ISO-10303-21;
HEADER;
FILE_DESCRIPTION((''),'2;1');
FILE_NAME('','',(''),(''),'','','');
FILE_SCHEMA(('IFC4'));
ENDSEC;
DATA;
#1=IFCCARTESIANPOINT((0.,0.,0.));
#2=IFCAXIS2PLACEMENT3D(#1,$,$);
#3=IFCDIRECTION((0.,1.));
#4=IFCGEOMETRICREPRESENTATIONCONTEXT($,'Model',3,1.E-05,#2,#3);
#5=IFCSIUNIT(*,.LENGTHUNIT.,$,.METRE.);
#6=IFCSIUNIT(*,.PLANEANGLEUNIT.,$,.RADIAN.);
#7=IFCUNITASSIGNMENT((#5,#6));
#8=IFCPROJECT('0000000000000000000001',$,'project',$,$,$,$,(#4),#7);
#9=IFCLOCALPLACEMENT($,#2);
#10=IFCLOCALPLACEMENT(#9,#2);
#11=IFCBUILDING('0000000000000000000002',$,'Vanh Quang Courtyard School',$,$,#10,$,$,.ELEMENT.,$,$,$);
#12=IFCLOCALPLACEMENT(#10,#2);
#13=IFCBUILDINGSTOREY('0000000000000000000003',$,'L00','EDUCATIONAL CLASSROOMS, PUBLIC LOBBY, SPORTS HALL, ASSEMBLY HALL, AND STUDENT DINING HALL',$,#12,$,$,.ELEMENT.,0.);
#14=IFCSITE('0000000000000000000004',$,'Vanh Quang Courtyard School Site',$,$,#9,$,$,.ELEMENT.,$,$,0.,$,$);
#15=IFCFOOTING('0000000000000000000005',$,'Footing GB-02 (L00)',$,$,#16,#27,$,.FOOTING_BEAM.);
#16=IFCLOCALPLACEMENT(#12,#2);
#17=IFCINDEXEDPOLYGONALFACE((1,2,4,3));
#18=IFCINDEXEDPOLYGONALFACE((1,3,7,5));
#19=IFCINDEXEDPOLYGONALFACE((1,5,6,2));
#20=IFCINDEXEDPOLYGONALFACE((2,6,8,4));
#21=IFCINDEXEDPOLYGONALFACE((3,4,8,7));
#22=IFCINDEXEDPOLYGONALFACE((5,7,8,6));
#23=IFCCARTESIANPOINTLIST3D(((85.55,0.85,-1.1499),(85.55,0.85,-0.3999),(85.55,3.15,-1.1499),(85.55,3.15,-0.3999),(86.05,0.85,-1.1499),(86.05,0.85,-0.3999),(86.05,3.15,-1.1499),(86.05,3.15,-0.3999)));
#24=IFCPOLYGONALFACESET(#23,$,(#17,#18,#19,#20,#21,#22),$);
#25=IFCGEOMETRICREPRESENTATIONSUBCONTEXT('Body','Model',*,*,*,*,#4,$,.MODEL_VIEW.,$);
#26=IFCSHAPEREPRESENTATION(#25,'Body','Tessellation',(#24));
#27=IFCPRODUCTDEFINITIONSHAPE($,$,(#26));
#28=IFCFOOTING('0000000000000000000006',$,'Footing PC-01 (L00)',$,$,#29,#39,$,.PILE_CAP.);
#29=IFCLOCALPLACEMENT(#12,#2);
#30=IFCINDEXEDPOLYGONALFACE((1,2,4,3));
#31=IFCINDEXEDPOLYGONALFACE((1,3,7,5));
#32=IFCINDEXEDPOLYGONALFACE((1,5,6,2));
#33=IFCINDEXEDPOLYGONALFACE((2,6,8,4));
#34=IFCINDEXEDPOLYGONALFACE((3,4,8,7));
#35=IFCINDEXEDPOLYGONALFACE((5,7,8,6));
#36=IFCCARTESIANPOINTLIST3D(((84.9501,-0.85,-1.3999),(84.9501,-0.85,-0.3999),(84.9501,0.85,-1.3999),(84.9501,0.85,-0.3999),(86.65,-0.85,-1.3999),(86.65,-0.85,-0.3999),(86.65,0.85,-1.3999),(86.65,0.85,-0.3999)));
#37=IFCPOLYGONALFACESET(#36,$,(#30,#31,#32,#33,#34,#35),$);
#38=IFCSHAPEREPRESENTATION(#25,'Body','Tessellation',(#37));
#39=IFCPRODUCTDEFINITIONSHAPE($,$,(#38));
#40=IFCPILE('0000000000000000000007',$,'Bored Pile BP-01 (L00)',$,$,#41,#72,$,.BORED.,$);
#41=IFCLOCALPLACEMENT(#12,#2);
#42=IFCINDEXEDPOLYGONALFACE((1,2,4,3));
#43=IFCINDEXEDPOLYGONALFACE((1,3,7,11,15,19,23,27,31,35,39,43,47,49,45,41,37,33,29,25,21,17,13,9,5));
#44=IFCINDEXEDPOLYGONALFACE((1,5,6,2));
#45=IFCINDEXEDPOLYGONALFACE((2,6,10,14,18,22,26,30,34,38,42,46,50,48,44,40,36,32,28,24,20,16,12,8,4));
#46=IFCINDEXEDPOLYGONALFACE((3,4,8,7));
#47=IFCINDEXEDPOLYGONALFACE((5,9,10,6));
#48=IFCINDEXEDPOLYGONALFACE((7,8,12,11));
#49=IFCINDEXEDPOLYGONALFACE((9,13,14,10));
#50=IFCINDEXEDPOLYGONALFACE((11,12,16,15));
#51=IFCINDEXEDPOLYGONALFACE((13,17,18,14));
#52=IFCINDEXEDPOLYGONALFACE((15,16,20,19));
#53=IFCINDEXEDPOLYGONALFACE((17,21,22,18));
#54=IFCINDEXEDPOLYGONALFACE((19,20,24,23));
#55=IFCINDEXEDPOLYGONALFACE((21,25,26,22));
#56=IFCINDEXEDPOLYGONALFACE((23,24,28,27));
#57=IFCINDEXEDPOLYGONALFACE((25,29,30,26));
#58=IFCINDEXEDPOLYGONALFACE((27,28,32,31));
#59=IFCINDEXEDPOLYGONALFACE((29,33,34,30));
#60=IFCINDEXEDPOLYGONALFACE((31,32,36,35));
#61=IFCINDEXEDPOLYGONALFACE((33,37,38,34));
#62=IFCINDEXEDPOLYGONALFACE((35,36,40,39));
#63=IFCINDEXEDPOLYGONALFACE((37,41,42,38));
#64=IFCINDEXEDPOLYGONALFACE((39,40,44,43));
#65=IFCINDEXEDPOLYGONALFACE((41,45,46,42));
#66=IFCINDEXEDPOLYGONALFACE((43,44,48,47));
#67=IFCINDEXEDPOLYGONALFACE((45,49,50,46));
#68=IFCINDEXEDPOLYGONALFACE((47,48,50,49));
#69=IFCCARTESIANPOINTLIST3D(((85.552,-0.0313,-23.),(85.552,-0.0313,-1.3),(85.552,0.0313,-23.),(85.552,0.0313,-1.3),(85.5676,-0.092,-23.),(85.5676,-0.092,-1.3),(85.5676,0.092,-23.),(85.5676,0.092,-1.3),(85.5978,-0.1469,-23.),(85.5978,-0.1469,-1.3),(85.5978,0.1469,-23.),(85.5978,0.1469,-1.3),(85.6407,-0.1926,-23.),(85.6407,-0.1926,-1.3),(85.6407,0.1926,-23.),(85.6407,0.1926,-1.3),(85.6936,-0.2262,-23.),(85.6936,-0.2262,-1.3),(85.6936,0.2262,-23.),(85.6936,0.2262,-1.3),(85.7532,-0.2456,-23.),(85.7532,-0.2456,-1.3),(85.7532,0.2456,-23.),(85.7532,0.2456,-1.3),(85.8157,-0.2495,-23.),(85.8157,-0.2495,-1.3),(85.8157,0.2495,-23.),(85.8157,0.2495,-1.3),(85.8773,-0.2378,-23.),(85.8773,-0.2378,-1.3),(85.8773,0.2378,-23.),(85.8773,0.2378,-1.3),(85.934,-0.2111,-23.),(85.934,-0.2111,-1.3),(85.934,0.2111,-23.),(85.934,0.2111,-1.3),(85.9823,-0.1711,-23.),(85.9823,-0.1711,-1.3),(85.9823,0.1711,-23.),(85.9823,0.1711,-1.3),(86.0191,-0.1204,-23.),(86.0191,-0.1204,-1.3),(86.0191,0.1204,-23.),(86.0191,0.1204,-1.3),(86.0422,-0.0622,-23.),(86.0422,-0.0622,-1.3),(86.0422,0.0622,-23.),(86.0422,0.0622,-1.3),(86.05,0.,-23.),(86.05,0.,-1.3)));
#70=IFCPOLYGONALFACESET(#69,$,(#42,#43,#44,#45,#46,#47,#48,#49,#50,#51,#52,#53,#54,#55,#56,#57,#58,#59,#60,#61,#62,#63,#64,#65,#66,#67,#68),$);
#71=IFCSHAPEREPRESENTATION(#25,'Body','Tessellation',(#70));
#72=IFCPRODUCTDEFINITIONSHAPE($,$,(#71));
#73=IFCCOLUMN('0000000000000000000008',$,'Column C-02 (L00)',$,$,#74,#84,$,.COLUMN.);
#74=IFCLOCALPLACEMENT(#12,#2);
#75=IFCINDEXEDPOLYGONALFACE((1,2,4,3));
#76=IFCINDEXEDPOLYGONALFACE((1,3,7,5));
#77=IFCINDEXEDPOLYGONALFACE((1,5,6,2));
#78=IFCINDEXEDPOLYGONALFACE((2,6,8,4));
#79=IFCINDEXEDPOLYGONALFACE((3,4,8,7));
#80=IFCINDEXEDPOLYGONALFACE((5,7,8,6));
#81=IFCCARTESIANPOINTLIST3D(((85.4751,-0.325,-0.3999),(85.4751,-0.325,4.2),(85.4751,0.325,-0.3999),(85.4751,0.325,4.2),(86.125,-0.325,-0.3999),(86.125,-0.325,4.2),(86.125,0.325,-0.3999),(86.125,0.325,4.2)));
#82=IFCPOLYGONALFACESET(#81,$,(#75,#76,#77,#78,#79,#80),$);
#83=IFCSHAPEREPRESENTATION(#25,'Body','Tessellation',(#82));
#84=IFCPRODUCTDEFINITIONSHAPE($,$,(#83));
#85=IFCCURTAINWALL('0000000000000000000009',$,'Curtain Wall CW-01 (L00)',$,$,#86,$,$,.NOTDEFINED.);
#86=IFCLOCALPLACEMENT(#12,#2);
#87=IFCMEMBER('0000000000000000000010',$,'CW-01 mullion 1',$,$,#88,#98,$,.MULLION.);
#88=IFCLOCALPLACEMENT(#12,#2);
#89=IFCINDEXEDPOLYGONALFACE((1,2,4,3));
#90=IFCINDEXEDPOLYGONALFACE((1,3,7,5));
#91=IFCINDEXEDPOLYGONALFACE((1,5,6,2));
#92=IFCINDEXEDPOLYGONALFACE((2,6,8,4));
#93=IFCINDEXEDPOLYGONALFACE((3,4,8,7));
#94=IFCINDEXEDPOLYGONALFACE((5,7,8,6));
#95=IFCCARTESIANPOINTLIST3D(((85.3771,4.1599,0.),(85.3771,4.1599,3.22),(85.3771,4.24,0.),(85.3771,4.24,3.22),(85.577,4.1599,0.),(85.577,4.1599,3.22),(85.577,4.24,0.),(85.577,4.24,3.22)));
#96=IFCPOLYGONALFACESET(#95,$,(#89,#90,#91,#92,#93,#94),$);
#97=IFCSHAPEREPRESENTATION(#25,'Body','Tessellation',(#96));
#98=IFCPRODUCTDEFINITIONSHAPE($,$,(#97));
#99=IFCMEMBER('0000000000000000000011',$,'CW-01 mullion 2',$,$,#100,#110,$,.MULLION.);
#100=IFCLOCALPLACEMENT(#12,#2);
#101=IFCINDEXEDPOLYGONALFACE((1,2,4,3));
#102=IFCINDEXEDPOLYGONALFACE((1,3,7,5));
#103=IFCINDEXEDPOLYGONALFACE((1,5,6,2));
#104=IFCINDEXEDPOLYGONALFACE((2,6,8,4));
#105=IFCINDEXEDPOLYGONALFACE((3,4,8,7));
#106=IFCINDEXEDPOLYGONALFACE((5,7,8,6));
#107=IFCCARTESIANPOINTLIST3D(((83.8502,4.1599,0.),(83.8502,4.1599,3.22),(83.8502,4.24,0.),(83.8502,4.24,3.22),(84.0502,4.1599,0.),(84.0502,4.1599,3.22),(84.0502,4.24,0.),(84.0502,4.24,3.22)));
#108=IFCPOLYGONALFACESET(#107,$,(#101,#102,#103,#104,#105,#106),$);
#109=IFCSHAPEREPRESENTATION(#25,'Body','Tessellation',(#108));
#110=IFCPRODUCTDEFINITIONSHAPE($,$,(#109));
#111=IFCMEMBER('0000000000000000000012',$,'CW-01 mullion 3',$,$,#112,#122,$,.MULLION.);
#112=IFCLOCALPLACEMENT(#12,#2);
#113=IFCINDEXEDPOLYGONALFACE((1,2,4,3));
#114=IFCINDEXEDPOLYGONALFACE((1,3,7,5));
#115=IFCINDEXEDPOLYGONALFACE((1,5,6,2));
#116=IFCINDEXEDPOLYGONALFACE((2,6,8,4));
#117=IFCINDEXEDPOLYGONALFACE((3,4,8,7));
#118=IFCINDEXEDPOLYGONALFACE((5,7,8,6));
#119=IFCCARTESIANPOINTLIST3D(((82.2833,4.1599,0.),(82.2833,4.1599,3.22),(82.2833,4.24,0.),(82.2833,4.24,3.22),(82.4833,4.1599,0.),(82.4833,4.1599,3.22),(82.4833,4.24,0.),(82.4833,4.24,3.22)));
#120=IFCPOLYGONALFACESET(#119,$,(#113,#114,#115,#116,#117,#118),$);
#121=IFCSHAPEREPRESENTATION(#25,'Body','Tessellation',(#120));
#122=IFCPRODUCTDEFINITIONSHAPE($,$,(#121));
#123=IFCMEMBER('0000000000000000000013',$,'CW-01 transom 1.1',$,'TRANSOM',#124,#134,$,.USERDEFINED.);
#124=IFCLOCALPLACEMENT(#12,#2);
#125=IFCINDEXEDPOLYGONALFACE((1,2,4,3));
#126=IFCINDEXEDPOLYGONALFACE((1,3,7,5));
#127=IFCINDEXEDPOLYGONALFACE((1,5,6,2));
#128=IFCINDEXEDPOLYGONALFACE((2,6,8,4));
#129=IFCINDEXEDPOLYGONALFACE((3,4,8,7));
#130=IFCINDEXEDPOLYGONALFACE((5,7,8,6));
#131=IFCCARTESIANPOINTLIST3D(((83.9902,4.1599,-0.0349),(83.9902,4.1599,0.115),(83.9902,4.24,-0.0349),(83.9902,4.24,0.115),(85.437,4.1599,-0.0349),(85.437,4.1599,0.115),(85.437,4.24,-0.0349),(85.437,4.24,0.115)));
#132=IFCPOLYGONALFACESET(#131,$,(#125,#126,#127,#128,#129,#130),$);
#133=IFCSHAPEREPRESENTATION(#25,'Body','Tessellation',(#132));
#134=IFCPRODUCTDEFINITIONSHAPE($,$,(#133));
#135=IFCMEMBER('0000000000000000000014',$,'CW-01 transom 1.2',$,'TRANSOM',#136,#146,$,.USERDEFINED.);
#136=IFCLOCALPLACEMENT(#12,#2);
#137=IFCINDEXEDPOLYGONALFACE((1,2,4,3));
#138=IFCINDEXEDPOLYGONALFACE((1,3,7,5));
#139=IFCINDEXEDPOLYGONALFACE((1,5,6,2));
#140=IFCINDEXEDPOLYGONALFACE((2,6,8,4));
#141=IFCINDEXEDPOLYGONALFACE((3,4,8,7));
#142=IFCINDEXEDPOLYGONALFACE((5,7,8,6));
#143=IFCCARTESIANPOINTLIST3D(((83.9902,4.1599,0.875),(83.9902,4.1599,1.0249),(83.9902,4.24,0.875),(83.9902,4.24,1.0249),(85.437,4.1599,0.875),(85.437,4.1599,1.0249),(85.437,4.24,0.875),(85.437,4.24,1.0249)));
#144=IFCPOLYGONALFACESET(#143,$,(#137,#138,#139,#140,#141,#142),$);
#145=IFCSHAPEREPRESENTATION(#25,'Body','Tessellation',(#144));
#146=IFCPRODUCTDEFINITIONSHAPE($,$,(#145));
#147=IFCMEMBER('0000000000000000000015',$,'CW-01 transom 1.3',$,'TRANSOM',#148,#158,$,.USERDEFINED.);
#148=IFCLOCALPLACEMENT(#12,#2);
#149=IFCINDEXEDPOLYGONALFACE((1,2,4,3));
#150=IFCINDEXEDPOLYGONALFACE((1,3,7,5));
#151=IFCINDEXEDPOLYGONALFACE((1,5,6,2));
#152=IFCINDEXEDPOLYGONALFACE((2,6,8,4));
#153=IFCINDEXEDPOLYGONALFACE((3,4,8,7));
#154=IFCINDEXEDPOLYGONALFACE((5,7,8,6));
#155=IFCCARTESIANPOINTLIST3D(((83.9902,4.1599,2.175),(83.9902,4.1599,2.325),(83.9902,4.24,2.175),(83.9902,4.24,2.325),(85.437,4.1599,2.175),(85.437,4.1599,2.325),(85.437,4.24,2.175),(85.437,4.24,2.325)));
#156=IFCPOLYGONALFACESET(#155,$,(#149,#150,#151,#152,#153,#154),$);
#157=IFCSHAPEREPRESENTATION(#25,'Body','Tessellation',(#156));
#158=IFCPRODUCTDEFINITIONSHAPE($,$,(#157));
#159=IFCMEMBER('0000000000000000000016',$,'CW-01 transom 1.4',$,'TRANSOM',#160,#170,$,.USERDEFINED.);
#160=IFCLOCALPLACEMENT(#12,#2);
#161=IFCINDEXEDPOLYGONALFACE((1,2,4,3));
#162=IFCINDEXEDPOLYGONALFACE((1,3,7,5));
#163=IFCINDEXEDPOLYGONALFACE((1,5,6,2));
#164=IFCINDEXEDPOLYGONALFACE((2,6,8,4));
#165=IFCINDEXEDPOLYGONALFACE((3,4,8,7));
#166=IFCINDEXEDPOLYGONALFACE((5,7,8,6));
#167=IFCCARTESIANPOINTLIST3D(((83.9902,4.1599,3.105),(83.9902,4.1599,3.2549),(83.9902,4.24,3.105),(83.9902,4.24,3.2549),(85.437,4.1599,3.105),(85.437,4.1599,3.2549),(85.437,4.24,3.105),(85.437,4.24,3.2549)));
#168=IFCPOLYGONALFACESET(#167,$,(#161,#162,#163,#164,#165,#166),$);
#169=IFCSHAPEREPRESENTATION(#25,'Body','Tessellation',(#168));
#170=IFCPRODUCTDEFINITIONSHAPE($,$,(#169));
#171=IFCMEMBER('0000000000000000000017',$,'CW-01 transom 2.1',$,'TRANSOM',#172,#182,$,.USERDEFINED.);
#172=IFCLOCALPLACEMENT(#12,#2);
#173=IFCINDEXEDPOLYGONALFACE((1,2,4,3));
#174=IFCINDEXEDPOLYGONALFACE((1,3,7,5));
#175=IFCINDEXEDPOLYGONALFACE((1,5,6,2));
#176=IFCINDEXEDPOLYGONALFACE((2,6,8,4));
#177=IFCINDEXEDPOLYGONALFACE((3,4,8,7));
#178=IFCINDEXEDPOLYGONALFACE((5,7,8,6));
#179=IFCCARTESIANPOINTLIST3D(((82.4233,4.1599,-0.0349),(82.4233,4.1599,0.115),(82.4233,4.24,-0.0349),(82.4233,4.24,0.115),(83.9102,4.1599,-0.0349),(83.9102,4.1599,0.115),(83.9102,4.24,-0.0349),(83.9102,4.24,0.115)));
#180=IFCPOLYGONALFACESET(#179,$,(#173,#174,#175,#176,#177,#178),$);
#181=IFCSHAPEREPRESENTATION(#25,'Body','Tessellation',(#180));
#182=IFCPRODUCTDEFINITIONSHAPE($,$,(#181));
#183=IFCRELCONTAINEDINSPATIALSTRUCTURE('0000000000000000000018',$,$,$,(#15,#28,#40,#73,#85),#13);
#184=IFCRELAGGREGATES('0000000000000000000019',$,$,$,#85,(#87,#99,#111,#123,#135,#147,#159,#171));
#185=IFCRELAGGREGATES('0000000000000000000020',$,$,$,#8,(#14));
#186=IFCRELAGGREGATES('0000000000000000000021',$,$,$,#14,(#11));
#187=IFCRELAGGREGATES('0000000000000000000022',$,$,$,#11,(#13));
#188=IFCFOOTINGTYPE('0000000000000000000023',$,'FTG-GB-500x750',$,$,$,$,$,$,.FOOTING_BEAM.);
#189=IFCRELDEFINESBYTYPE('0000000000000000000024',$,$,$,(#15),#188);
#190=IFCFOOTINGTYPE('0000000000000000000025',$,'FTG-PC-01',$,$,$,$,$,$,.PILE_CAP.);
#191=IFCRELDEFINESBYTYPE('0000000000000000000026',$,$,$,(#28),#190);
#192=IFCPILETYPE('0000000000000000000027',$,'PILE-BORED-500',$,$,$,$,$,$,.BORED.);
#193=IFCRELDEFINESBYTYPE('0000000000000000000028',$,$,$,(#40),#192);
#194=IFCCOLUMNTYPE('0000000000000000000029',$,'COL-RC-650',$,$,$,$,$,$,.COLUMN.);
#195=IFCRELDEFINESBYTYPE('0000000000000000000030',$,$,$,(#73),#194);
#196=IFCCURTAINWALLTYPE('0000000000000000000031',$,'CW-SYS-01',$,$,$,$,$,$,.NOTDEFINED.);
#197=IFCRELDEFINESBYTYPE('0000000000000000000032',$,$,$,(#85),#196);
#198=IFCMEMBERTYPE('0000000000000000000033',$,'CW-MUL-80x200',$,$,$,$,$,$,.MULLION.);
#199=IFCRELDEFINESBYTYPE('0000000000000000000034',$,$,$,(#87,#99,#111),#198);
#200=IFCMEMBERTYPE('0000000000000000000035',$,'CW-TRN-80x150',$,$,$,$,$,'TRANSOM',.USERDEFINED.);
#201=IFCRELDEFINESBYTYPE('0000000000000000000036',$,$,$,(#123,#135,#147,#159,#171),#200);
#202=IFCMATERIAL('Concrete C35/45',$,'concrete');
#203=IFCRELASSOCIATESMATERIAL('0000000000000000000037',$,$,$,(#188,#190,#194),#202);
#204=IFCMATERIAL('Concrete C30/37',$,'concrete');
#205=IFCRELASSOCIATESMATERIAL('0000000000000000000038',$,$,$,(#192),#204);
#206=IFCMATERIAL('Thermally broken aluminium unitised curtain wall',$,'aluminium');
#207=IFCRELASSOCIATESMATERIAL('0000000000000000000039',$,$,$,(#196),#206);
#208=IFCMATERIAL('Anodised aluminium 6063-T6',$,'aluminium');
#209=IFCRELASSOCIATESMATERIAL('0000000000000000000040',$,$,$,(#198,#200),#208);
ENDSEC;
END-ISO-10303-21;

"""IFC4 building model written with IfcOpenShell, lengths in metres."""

from ifc_helpers import new_model, si_unit, direction, frame, origin, origin_2d, place, context, subcontext, project, spatial, rectangle, circle, extrude, material, material_profile, profile_set, type_object, element, aggregate, save


model = new_model("IFC4")

# Units and contexts
model_context = context("Model", 3, precision=1e-05, world=origin(), true_north=direction((0.0, 1.0)))
body_context = subcontext(model_context, "Body", "Model", "MODEL_VIEW")
ifc_project = project(units=[si_unit("LENGTHUNIT", "METRE"), si_unit("PLANEANGLEUNIT", "RADIAN")], contexts=[model_context])

# Site, building, storey
site_placement = place(None, origin())
site = spatial("IfcSite", under=ifc_project, at=site_placement, Name="Vanh Quang Courtyard School Site", CompositionType="ELEMENT", RefElevation=0.0)
building_placement = place(site_placement, origin())
building = spatial("IfcBuilding", under=site, at=building_placement, Name="Vanh Quang Courtyard School", CompositionType="ELEMENT")
storey_placement = place(building_placement, origin())
storey = spatial("IfcBuildingStorey", under=building, at=storey_placement, Name="L00", Description="EDUCATIONAL CLASSROOMS, PUBLIC LOBBY, SPORTS HALL, ASSEMBLY HALL, AND STUDENT DINING HALL", CompositionType="ELEMENT", Elevation=0.0)

# Footings
ifc_material_1 = material(Name="Concrete C35/45", Category="concrete")
footing_type_1 = type_object("IfcFootingType", Name="FTG-GB-500x750", PredefinedType="FOOTING_BEAM", material=ifc_material_1)
footing_1_placement = place(storey_placement, frame((85.8, 2.0, -1.1499), z_axis=(0.0, 0.0, 1.0), x_axis=(0.0, 1.0, 0.0)))
element("IfcFooting", 1, at=footing_1_placement, inside=storey, type_object=footing_type_1, Name="Footing GB-02 (L00)", PredefinedType="FOOTING_BEAM", context=body_context, shape_type="SweptSolid", body=[
    extrude(rectangle(XDim=2.3, YDim=0.5, at=origin_2d()), origin(), (0.0, 0.0, 1.0), 0.75),
])
footing_type_2 = type_object("IfcFootingType", Name="FTG-PC-01", PredefinedType="PILE_CAP", material=ifc_material_1)
footing_2_placement = place(storey_placement, frame((85.8, 0.0, -1.3999), z_axis=(0.0, 0.0, 1.0), x_axis=(1.0, 0.0, 0.0)))
element("IfcFooting", 2, at=footing_2_placement, inside=storey, type_object=footing_type_2, Name="Footing PC-01 (L00)", PredefinedType="PILE_CAP", context=body_context, shape_type="SweptSolid", body=[
    extrude(rectangle(XDim=1.7, YDim=1.7, at=origin_2d()), origin(), (0.0, 0.0, 1.0), 1.0),
])

# Pile
ifc_material_2 = material(Name="Concrete C30/37", Category="concrete")
ifc_material_profile_1 = material_profile(ifc_material_2, circle(Radius=0.25, at=origin_2d()), Name="PILE D500")
ifc_profile_set_1 = profile_set([ifc_material_profile_1], Name="Concrete C30/37")
pile_type = type_object("IfcPileType", Name="PILE-BORED-500", PredefinedType="BORED", material=ifc_profile_set_1)
pile_placement = place(storey_placement, frame((85.8, 0.0, -1.3), z_axis=(0.0, 0.0, -1.0), x_axis=(1.0, 0.0, 0.0)))
element("IfcPile", 3, at=pile_placement, inside=storey, type_object=pile_type, Name="Bored Pile BP-01 (L00)", PredefinedType="BORED", context=body_context, shape_type="SweptSolid", body=[
    extrude(circle(Radius=0.25, at=origin_2d()), origin(), (0.0, 0.0, 1.0), 21.7),
])

# Column
ifc_material_profile_2 = material_profile(ifc_material_1, rectangle(XDim=0.6499, YDim=0.6499, at=origin_2d()), Name="RC-COL 650x650")
ifc_profile_set_2 = profile_set([ifc_material_profile_2], Name="Concrete C35/45")
column_type = type_object("IfcColumnType", Name="COL-RC-650", PredefinedType="COLUMN", material=ifc_profile_set_2)
column_placement = place(storey_placement, frame((85.8, 0.0, -0.3999), z_axis=(0.0, 0.0, 1.0), x_axis=(1.0, 0.0, 0.0)))
element("IfcColumn", 4, at=column_placement, inside=storey, type_object=column_type, Name="Column C-02 (L00)", PredefinedType="COLUMN", context=body_context, shape_type="SweptSolid", body=[
    extrude(rectangle(XDim=0.6499, YDim=0.6499, at=origin_2d()), origin(), (0.0, 0.0, 1.0), 4.5999),
])

# Curtain wall, members
ifc_material_3 = material(Name="Thermally broken aluminium unitised curtain wall", Category="aluminium")
curtain_wall_type = type_object("IfcCurtainWallType", Name="CW-SYS-01", PredefinedType="NOTDEFINED", material=ifc_material_3)
curtain_wall_placement = place(storey_placement, origin())
curtain_wall = element("IfcCurtainWall", 5, at=curtain_wall_placement, inside=storey, type_object=curtain_wall_type, Name="Curtain Wall CW-01 (L00)", PredefinedType="NOTDEFINED")
ifc_material_4 = material(Name="Anodised aluminium 6063-T6", Category="aluminium")
ifc_material_profile_3 = material_profile(ifc_material_4, rectangle(XDim=0.0801, YDim=0.2, at=origin_2d()), Name="ALU-MUL 80x200")
ifc_profile_set_3 = profile_set([ifc_material_profile_3], Name="Anodised aluminium 6063-T6")
member_type_1 = type_object("IfcMemberType", Name="CW-MUL-80x200", PredefinedType="MULLION", material=ifc_profile_set_3)
member_1_placement = place(storey_placement, frame((85.4771, 4.2, 0.0), z_axis=(0.0, 0.0, 1.0), x_axis=(0.0, -1.0, 0.0)))
member_1 = element("IfcMember", 6, at=member_1_placement, type_object=member_type_1, Name="CW-01 mullion 1", PredefinedType="MULLION", context=body_context, shape_type="SweptSolid", body=[
    extrude(rectangle(XDim=0.0801, YDim=0.2, at=origin_2d()), origin(), (0.0, 0.0, 1.0), 3.22),
])
member_2_placement = place(storey_placement, frame((83.9502, 4.2, 0.0), z_axis=(0.0, 0.0, 1.0), x_axis=(0.0, -1.0, 0.0)))
member_2 = element("IfcMember", 7, at=member_2_placement, type_object=member_type_1, Name="CW-01 mullion 2", PredefinedType="MULLION", context=body_context, shape_type="SweptSolid", body=[
    extrude(rectangle(XDim=0.0801, YDim=0.2, at=origin_2d()), origin(), (0.0, 0.0, 1.0), 3.22),
])
member_3_placement = place(storey_placement, frame((82.3833, 4.2, 0.0), z_axis=(0.0, 0.0, 1.0), x_axis=(0.0, -1.0, 0.0)))
member_3 = element("IfcMember", 8, at=member_3_placement, type_object=member_type_1, Name="CW-01 mullion 3", PredefinedType="MULLION", context=body_context, shape_type="SweptSolid", body=[
    extrude(rectangle(XDim=0.0801, YDim=0.2, at=origin_2d()), origin(), (0.0, 0.0, 1.0), 3.22),
])
ifc_material_profile_4 = material_profile(ifc_material_4, rectangle(XDim=0.0801, YDim=0.1499, at=origin_2d()), Name="ALU-TRN 80x150")
ifc_profile_set_4 = profile_set([ifc_material_profile_4], Name="Anodised aluminium 6063-T6")
member_type_2 = type_object("IfcMemberType", Name="CW-TRN-80x150", ElementType="TRANSOM", PredefinedType="USERDEFINED", material=ifc_profile_set_4)
member_4_placement = place(storey_placement, frame((85.437, 4.2, 0.04), z_axis=(-1.0, 0.0, 0.0), x_axis=(0.0, -1.0, 0.0)))
member_4 = element("IfcMember", 9, at=member_4_placement, type_object=member_type_2, Name="CW-01 transom 1.1", ObjectType="TRANSOM", PredefinedType="USERDEFINED", context=body_context, shape_type="SweptSolid", body=[
    extrude(rectangle(XDim=0.0801, YDim=0.1499, at=origin_2d()), origin(), (0.0, 0.0, 1.0), 1.4468),
])
member_5_placement = place(storey_placement, frame((85.437, 4.2, 0.95), z_axis=(-1.0, 0.0, 0.0), x_axis=(0.0, -1.0, 0.0)))
member_5 = element("IfcMember", 10, at=member_5_placement, type_object=member_type_2, Name="CW-01 transom 1.2", ObjectType="TRANSOM", PredefinedType="USERDEFINED", context=body_context, shape_type="SweptSolid", body=[
    extrude(rectangle(XDim=0.0801, YDim=0.1499, at=origin_2d()), origin(), (0.0, 0.0, 1.0), 1.4468),
])
member_6_placement = place(storey_placement, frame((85.437, 4.2, 2.25), z_axis=(-1.0, 0.0, 0.0), x_axis=(0.0, -1.0, 0.0)))
member_6 = element("IfcMember", 11, at=member_6_placement, type_object=member_type_2, Name="CW-01 transom 1.3", ObjectType="TRANSOM", PredefinedType="USERDEFINED", context=body_context, shape_type="SweptSolid", body=[
    extrude(rectangle(XDim=0.0801, YDim=0.1499, at=origin_2d()), origin(), (0.0, 0.0, 1.0), 1.4468),
])
member_7_placement = place(storey_placement, frame((85.437, 4.2, 3.1799), z_axis=(-1.0, 0.0, 0.0), x_axis=(0.0, -1.0, 0.0)))
member_7 = element("IfcMember", 12, at=member_7_placement, type_object=member_type_2, Name="CW-01 transom 1.4", ObjectType="TRANSOM", PredefinedType="USERDEFINED", context=body_context, shape_type="SweptSolid", body=[
    extrude(rectangle(XDim=0.0801, YDim=0.1499, at=origin_2d()), origin(), (0.0, 0.0, 1.0), 1.4468),
])
member_8_placement = place(storey_placement, frame((83.9102, 4.2, 0.04), z_axis=(-1.0, 0.0, 0.0), x_axis=(0.0, -1.0, 0.0)))
member_8 = element("IfcMember", 13, at=member_8_placement, type_object=member_type_2, Name="CW-01 transom 2.1", ObjectType="TRANSOM", PredefinedType="USERDEFINED", context=body_context, shape_type="SweptSolid", body=[
    extrude(rectangle(XDim=0.0801, YDim=0.1499, at=origin_2d()), origin(), (0.0, 0.0, 1.0), 1.4868),
])
aggregate(curtain_wall, [member_1, member_2, member_3, member_4, member_5, member_6, member_7, member_8])

save(model, "model.ifc")
